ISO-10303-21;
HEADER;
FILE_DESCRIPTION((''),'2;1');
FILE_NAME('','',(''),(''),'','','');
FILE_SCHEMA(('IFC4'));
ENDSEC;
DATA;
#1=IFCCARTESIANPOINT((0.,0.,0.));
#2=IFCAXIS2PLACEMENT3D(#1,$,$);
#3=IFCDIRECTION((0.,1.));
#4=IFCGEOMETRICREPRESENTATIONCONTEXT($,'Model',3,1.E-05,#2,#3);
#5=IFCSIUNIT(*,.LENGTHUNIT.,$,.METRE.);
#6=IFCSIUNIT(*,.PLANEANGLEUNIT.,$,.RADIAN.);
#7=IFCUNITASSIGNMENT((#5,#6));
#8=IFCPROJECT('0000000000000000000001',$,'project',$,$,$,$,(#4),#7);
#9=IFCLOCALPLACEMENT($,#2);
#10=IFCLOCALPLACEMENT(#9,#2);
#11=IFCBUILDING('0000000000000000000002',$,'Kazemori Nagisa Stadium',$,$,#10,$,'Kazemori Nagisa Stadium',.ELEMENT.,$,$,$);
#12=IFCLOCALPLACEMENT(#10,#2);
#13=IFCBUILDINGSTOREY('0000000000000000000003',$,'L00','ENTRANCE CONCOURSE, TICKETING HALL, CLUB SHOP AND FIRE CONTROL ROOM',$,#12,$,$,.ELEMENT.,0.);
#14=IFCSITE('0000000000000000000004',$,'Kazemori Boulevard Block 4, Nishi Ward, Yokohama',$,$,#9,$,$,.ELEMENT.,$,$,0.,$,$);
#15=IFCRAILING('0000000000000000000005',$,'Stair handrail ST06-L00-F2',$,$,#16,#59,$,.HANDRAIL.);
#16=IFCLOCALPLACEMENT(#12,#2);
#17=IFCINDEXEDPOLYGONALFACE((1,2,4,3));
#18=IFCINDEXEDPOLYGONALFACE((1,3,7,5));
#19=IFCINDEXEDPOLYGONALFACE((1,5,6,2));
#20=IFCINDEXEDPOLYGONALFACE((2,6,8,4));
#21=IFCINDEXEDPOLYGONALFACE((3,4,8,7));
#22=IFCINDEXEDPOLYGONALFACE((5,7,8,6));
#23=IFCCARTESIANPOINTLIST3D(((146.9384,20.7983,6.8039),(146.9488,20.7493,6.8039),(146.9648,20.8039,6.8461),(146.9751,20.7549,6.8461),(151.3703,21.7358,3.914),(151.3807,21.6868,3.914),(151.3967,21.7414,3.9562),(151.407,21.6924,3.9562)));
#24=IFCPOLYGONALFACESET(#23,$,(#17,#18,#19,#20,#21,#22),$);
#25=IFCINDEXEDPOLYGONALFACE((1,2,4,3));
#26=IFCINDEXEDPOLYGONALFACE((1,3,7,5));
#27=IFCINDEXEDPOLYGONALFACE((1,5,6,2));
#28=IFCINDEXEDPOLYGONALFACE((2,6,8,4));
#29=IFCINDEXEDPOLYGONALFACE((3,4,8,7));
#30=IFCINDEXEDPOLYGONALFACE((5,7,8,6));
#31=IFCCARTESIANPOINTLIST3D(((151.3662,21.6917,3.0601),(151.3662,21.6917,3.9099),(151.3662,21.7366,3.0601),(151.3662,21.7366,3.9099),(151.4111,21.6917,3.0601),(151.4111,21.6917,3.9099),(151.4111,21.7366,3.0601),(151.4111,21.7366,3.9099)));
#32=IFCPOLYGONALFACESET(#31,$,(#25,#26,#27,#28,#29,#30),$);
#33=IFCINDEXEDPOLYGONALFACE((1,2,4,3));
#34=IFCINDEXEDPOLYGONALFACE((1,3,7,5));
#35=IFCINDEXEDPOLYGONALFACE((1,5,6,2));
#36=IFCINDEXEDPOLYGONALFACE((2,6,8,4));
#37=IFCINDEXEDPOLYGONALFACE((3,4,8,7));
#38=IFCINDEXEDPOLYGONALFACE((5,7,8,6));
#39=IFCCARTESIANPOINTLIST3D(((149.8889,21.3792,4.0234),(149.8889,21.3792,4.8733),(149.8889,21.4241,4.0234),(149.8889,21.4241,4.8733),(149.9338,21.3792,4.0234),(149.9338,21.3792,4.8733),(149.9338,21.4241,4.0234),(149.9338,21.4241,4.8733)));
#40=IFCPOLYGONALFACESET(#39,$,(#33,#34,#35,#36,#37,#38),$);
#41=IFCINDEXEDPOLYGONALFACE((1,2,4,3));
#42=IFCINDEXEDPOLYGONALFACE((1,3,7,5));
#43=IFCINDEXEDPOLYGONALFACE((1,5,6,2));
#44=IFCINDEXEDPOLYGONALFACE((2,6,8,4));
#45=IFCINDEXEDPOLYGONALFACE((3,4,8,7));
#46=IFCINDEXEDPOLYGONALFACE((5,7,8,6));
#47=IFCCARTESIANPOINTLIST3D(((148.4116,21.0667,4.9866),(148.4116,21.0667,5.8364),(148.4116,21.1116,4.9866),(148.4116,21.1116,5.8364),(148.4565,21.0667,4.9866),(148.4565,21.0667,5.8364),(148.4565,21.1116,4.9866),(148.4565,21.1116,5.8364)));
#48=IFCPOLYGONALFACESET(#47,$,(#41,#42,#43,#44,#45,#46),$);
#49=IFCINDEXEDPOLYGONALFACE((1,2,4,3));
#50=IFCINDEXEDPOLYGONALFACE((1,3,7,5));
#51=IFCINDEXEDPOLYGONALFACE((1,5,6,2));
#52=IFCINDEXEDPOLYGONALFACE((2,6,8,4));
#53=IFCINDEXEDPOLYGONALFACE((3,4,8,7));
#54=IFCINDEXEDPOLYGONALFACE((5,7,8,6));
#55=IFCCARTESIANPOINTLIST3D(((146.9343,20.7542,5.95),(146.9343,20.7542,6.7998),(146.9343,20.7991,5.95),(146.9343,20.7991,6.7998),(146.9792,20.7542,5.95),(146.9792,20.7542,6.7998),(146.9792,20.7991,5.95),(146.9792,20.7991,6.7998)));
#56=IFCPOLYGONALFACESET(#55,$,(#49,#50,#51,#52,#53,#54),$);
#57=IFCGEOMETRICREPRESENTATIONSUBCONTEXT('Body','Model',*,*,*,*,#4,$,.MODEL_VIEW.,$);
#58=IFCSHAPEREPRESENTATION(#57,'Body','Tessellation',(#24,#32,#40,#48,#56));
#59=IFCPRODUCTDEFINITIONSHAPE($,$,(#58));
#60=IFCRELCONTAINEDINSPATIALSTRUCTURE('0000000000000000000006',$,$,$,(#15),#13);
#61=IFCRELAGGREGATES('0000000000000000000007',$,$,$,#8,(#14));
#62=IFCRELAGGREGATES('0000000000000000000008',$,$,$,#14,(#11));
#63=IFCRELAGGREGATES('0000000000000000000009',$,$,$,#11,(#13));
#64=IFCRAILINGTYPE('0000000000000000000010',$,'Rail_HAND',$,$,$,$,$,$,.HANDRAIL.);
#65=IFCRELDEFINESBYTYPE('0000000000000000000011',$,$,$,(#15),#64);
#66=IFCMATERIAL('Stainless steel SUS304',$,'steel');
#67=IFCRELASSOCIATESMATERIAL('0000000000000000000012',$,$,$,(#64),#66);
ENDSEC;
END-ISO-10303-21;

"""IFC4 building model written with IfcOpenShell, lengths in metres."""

from ifc_helpers import new_model, si_unit, direction, frame, origin, origin_2d, place, context, subcontext, project, spatial, rectangle, extrude, material, type_object, element, save


model = new_model("IFC4")

# Units and contexts
model_context = context("Model", 3, precision=1e-05, world=origin(), true_north=direction((0.0, 1.0)))
body_context = subcontext(model_context, "Body", "Model", "MODEL_VIEW")
ifc_project = project(units=[si_unit("LENGTHUNIT", "METRE"), si_unit("PLANEANGLEUNIT", "RADIAN")], contexts=[model_context])

# Site, building, storey
site_placement = place(None, origin())
site = spatial("IfcSite", under=ifc_project, at=site_placement, Name="Kazemori Boulevard Block 4, Nishi Ward, Yokohama", CompositionType="ELEMENT", RefElevation=0.0)
building_placement = place(site_placement, origin())
building = spatial("IfcBuilding", under=site, at=building_placement, Name="Kazemori Nagisa Stadium", LongName="Kazemori Nagisa Stadium", CompositionType="ELEMENT")
storey_placement = place(building_placement, origin())
storey = spatial("IfcBuildingStorey", under=building, at=storey_placement, Name="L00", Description="ENTRANCE CONCOURSE, TICKETING HALL, CLUB SHOP AND FIRE CONTROL ROOM", CompositionType="ELEMENT", Elevation=0.0)

# Shared definitions
ifc_material_1 = material(Name="Stainless steel SUS304", Category="steel")

# Railing
railing_type_1 = type_object("IfcRailingType", Name="Rail_HAND", PredefinedType="HANDRAIL", material=ifc_material_1)
railing_1_placement = place(storey_placement, frame((151.3887, 21.7141, 3.0601)))
element("IfcRailing", 1, at=railing_1_placement, inside=storey, type_object=railing_type_1, Name="Stair handrail ST06-L00-F2", PredefinedType="HANDRAIL", context=body_context, shape_type="SweptSolid", body=[
    extrude(rectangle(XDim=0.05, YDim=0.05, at=origin_2d()), frame((0.0, 0.0, 0.875), z_axis=(-0.824803, -0.174475, 0.537828), x_axis=(0.206956, -0.97835, 0.0)), (0.0, 0.0, 1.0), 5.3733),
    extrude(rectangle(XDim=0.0449, YDim=0.0449, at=origin_2d()), origin(), (0.0, 0.0, 1.0), 0.8499),
    extrude(rectangle(XDim=0.0449, YDim=0.0449, at=origin_2d()), frame((-1.4773, -0.3125, 0.9634)), (0.0, 0.0, 1.0), 0.8499),
    extrude(rectangle(XDim=0.0449, YDim=0.0449, at=origin_2d()), frame((-2.9546, -0.625, 1.9265)), (0.0, 0.0, 1.0), 0.8499),
    extrude(rectangle(XDim=0.0449, YDim=0.0449, at=origin_2d()), frame((-4.4319, -0.9375, 2.8899)), (0.0, 0.0, 1.0), 0.8499),
])

save(model, "model.ifc")
